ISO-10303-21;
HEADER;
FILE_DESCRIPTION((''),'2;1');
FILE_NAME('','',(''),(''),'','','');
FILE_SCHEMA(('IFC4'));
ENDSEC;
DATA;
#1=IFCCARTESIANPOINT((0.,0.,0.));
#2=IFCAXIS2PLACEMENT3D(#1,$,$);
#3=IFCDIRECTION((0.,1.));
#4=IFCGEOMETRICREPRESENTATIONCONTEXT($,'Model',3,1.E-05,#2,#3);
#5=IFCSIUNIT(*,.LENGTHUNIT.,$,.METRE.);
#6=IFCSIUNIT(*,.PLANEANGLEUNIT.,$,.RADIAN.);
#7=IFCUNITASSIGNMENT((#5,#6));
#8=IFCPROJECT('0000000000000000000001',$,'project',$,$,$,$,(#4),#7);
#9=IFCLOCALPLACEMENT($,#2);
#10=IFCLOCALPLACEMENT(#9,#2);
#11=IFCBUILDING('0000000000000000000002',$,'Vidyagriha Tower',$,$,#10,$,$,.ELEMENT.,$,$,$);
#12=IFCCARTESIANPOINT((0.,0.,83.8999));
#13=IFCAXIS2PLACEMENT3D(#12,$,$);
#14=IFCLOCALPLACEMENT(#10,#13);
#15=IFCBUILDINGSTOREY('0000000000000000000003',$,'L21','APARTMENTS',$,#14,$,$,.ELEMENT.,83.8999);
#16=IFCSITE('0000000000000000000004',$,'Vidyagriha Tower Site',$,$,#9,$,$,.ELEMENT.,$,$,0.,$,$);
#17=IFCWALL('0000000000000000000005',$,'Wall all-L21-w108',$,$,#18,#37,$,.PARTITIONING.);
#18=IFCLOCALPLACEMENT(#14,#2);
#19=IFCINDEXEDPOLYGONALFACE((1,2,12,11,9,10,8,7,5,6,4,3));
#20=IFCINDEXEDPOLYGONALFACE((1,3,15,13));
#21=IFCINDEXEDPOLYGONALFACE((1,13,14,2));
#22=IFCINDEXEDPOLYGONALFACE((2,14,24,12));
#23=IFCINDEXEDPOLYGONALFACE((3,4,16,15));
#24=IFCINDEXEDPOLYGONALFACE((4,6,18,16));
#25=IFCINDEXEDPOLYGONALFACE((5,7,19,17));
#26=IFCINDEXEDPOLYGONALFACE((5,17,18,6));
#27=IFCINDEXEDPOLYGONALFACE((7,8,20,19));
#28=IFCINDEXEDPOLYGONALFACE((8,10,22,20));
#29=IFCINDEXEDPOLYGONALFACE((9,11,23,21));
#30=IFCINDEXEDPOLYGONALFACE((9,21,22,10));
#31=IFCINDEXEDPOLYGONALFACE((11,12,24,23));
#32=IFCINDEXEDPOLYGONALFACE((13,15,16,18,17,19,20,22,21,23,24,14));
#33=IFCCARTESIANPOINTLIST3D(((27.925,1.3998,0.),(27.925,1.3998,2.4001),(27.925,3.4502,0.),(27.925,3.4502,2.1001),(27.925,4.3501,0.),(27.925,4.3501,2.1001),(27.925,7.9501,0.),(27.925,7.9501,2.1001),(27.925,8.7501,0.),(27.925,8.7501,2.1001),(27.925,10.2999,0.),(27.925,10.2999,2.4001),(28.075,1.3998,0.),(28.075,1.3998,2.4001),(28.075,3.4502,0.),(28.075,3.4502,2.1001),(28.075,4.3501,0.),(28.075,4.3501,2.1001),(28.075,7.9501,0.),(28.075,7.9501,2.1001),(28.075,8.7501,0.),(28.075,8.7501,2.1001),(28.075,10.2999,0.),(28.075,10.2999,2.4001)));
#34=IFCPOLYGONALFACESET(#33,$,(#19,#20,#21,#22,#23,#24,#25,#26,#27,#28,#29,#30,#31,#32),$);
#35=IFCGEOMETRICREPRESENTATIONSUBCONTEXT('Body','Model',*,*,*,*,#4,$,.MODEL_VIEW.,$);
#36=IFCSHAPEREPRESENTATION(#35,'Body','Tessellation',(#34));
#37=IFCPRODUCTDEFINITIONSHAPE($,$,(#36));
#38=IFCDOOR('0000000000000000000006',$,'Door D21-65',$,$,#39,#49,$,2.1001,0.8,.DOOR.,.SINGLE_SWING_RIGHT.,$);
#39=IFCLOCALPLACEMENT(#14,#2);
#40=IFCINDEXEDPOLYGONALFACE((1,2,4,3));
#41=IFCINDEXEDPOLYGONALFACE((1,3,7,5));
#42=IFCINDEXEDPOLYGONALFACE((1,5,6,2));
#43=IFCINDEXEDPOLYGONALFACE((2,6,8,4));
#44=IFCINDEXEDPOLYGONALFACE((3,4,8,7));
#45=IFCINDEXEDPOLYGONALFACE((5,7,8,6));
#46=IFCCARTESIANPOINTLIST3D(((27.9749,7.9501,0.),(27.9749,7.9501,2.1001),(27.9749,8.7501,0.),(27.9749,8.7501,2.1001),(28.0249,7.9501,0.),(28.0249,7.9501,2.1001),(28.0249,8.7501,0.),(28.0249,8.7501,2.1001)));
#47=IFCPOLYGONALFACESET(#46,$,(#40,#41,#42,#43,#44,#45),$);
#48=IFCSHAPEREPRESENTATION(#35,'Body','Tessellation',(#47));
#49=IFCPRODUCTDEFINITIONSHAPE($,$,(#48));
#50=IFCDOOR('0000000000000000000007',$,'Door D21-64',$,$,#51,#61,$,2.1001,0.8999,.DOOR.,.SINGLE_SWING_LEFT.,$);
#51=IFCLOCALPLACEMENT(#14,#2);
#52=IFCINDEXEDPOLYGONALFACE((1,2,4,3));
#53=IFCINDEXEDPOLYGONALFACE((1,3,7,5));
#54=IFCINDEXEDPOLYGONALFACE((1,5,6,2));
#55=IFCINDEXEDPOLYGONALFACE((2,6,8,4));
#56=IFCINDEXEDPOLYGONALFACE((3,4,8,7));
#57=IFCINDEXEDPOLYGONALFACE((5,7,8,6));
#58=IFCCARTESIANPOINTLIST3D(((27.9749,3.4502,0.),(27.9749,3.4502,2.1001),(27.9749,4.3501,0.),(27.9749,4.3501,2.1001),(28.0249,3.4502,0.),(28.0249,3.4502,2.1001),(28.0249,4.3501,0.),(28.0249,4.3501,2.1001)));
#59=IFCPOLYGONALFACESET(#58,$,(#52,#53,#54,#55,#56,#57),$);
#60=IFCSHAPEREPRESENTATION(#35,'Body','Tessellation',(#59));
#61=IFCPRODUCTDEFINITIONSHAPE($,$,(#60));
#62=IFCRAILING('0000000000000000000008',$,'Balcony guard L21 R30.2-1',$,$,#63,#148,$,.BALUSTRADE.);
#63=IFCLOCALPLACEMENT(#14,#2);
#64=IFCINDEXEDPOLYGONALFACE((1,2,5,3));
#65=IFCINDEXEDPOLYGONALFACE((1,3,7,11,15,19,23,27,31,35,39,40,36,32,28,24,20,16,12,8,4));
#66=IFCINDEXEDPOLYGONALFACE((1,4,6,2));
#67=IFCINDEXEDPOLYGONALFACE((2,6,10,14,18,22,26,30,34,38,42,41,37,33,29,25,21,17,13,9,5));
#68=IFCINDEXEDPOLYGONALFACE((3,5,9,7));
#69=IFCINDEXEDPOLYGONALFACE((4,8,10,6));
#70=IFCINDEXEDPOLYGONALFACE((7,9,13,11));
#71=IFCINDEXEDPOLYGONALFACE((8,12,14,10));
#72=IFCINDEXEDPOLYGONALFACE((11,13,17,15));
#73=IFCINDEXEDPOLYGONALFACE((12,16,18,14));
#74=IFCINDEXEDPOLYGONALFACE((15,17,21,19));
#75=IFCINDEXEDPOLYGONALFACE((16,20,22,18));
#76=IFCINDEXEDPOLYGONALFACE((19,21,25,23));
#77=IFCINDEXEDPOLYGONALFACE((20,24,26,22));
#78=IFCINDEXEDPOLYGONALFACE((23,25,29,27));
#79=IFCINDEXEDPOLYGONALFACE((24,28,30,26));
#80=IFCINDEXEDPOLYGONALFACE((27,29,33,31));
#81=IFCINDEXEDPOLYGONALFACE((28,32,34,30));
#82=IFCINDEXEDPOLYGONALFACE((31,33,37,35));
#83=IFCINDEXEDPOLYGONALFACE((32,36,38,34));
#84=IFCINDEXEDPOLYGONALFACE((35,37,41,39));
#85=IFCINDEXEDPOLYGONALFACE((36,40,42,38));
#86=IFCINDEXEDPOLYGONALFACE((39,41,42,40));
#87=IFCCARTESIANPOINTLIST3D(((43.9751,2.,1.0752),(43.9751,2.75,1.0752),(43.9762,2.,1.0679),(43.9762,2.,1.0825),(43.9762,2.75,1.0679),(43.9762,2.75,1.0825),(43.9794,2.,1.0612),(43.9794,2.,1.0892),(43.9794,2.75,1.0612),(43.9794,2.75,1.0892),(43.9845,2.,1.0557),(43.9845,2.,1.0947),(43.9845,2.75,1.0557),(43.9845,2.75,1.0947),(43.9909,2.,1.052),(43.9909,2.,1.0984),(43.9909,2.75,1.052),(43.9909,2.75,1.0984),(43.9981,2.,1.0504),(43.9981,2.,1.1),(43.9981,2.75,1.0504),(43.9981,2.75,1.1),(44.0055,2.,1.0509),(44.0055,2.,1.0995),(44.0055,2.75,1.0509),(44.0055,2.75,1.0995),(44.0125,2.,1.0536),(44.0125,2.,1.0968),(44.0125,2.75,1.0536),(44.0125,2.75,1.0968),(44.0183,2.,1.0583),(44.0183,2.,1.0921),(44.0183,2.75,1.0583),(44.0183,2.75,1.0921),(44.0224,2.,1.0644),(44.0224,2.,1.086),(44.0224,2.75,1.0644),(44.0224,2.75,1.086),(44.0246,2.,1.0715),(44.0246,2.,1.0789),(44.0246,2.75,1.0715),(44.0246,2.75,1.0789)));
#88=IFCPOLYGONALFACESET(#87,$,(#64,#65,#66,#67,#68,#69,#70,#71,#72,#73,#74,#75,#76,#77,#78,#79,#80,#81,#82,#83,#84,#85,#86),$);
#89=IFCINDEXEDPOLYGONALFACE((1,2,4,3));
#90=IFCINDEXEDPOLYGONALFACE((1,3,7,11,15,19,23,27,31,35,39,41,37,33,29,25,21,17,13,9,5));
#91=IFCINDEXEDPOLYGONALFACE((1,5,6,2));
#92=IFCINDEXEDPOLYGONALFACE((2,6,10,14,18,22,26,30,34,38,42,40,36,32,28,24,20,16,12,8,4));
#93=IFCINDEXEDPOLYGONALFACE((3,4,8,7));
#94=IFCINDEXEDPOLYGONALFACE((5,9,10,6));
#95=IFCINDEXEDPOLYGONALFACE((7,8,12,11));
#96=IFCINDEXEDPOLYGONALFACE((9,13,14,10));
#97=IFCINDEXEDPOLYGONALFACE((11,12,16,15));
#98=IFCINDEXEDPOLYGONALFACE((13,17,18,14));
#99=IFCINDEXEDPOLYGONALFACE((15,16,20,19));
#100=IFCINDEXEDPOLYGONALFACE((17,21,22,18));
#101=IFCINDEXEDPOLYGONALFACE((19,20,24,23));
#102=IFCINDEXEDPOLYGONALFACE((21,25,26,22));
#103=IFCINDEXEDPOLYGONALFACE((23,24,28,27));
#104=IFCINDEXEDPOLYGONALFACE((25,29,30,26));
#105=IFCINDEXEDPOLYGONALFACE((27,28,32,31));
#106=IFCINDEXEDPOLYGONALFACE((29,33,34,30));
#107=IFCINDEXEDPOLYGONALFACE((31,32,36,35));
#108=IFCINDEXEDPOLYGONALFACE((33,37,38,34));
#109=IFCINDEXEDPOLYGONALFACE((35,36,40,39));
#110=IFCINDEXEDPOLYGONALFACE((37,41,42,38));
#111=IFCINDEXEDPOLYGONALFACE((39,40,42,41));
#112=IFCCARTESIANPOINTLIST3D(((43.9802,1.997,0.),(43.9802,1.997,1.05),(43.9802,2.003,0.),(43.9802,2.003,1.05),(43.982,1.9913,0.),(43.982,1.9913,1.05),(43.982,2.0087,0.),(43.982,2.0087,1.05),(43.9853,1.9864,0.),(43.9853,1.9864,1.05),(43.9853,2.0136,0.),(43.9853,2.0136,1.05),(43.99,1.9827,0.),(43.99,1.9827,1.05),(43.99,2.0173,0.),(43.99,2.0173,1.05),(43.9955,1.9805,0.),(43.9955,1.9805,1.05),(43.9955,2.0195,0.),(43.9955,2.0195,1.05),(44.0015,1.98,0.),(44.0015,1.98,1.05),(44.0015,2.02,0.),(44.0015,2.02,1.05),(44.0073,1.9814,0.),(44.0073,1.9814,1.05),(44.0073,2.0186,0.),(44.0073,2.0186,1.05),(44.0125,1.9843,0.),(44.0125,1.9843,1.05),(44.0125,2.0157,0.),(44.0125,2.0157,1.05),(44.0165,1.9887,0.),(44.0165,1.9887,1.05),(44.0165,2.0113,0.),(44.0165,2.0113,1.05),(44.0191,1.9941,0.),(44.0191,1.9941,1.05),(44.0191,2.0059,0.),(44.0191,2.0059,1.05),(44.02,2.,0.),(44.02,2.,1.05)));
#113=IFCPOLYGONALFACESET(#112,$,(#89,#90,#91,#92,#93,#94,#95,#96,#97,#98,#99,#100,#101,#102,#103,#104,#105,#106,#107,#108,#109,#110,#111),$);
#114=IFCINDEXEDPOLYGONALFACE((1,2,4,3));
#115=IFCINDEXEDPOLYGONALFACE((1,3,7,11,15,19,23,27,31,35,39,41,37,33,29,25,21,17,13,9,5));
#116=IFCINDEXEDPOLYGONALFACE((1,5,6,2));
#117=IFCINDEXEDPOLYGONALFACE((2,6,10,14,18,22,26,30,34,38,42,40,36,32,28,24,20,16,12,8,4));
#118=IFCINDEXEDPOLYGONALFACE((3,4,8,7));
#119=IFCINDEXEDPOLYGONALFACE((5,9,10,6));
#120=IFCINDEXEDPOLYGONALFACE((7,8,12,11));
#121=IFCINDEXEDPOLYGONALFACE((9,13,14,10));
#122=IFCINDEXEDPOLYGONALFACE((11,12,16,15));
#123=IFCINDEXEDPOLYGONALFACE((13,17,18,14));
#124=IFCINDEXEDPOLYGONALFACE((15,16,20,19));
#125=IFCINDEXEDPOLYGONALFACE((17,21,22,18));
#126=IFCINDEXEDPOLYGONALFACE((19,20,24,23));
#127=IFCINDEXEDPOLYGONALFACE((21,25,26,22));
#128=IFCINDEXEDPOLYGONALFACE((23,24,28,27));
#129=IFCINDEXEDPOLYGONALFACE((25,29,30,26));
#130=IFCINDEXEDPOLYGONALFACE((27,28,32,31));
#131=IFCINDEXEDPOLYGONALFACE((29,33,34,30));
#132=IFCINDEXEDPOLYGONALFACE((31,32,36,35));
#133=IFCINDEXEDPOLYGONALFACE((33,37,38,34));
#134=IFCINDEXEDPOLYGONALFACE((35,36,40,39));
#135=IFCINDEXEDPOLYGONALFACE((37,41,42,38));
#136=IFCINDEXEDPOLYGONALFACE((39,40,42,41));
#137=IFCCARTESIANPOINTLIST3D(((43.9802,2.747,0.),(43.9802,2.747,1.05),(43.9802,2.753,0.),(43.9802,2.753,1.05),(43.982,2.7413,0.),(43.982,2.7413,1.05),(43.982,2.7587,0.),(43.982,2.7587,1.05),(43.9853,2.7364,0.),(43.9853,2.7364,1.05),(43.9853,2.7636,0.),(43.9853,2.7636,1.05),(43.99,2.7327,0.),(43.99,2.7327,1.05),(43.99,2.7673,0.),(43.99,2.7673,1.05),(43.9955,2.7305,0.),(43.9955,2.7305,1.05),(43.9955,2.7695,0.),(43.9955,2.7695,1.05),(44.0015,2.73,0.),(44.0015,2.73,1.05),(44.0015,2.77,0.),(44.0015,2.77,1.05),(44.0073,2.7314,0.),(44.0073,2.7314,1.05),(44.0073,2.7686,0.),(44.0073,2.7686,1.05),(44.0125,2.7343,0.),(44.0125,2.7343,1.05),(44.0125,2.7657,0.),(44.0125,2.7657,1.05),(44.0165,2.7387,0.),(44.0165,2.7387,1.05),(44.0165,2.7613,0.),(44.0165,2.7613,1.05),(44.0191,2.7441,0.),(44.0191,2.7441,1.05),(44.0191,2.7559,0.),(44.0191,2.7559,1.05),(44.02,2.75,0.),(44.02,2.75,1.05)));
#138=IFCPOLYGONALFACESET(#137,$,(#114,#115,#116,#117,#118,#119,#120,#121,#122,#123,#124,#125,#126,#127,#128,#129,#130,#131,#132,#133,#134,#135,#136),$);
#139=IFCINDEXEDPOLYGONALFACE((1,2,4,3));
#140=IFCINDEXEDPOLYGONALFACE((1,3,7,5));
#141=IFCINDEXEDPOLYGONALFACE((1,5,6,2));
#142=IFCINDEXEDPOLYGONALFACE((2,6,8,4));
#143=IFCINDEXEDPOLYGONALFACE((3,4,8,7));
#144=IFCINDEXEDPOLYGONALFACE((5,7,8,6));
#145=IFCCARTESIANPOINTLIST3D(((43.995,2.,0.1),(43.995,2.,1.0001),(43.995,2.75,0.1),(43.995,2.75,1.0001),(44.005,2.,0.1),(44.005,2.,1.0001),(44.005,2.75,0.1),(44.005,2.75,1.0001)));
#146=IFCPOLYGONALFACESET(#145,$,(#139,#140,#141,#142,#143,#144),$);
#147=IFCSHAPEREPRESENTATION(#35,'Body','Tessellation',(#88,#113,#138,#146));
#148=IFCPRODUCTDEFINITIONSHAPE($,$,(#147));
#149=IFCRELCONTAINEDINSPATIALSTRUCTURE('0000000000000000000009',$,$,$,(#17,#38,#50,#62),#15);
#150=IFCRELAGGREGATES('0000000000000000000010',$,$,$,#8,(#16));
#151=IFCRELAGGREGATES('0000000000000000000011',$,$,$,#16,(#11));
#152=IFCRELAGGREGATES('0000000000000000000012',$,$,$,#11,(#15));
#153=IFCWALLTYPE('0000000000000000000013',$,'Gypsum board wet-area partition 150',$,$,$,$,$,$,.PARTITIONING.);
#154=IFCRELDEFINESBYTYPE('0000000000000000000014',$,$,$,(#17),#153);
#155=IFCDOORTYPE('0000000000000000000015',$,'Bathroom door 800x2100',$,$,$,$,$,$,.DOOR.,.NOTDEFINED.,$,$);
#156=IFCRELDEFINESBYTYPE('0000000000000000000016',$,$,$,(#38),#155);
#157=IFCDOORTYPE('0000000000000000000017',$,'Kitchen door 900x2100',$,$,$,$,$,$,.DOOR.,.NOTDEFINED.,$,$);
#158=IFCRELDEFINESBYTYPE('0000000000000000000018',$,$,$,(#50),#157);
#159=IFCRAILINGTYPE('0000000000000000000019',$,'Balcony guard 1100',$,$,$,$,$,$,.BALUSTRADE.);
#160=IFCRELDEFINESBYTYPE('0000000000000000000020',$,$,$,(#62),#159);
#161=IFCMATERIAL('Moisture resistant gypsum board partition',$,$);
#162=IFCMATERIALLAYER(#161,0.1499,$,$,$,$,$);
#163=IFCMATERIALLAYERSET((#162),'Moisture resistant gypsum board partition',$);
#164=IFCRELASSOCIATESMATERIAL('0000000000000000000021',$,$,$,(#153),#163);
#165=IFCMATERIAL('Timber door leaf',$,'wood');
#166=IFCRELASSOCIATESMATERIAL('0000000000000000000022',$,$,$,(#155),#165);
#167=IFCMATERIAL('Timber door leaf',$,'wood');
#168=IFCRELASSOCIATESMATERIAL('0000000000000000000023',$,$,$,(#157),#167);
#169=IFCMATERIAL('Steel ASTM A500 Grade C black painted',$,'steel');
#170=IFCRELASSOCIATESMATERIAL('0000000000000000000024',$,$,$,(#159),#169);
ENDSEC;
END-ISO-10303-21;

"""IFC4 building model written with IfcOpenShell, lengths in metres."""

from ifc_helpers import new_model, si_unit, direction, frame, frame_2d, origin, origin_2d, place, context, subcontext, project, spatial, rectangle, circle, extrude, material, layer, layer_set, type_object, element, fill, save


model = new_model("IFC4")

# Units and contexts
model_context = context("Model", 3, precision=1e-05, world=origin(), true_north=direction((0.0, 1.0)))
body_context = subcontext(model_context, "Body", "Model", "MODEL_VIEW")
ifc_project = project(units=[si_unit("LENGTHUNIT", "METRE"), si_unit("PLANEANGLEUNIT", "RADIAN")], contexts=[model_context])

# Site, building, storey
site_placement = place(None, origin())
site = spatial("IfcSite", under=ifc_project, at=site_placement, Name="Vidyagriha Tower Site", CompositionType="ELEMENT", RefElevation=0.0)
building_placement = place(site_placement, origin())
building = spatial("IfcBuilding", under=site, at=building_placement, Name="Vidyagriha Tower", CompositionType="ELEMENT")
storey_placement = place(building_placement, frame((0.0, 0.0, 83.8999)))
storey = spatial("IfcBuildingStorey", under=building, at=storey_placement, Name="L21", Description="APARTMENTS", CompositionType="ELEMENT", Elevation=83.8999)

# Wall, openings, doors
ifc_material_1 = material(Name="Moisture resistant gypsum board partition")
ifc_layer_1 = layer(ifc_material_1, 0.1499)
ifc_layer_set_1 = layer_set([ifc_layer_1], Name="Moisture resistant gypsum board partition")
wall_type_1 = type_object("IfcWallType", Name="Gypsum board wet-area partition 150", PredefinedType="PARTITIONING", material=ifc_layer_set_1)
wall_1_placement = place(storey_placement, frame((28.0, 10.3, 0.0), z_axis=(0.0, 0.0, 1.0), x_axis=(0.0, -1.0, 0.0)))
wall_1 = element("IfcWall", 1, at=wall_1_placement, inside=storey, type_object=wall_type_1, Name="Wall all-L21-w108", PredefinedType="PARTITIONING", context=body_context, shape_type="SweptSolid", body=[
    extrude(rectangle(XDim=8.9001, YDim=0.1499, at=frame_2d((4.4502, 0.0))), origin(), (0.0, 0.0, 1.0), 2.4001),
])
opening_1_placement = place(wall_1_placement, frame((5.95, 0.0, 0.0)))
opening_1 = element("IfcOpeningElement", 2, at=opening_1_placement, cuts=wall_1, PredefinedType="OPENING", context=body_context, shape_type="SweptSolid", body=[
    extrude(rectangle(XDim=0.8999, YDim=2.1001, at=frame_2d((0.45, 1.05))), frame((0.0, 0.085, 0.0), z_axis=(0.0, -1.0, 0.0), x_axis=(1.0, 0.0, 0.0)), (0.0, 0.0, 1.0), 0.1699),
])
opening_2_placement = place(wall_1_placement, frame((1.55, 0.0, 0.0)))
opening_2 = element("IfcOpeningElement", 3, at=opening_2_placement, cuts=wall_1, PredefinedType="OPENING", context=body_context, shape_type="SweptSolid", body=[
    extrude(rectangle(XDim=0.8, YDim=2.1001, at=frame_2d((0.3999, 1.05))), frame((0.0, 0.085, 0.0), z_axis=(0.0, -1.0, 0.0), x_axis=(1.0, 0.0, 0.0)), (0.0, 0.0, 1.0), 0.1699),
])
ifc_material_2 = material(Name="Timber door leaf", Category="wood")
door_type_1 = type_object("IfcDoorType", Name="Bathroom door 800x2100", OperationType="NOTDEFINED", PredefinedType="DOOR", material=ifc_material_2)
door_1_placement = place(opening_2_placement, origin())
door_1 = element("IfcDoor", 4, at=door_1_placement, inside=storey, type_object=door_type_1, Name="Door D21-65", OperationType="SINGLE_SWING_RIGHT", OverallHeight=2.1001, OverallWidth=0.8, PredefinedType="DOOR", context=body_context, shape_type="SweptSolid", body=[
    extrude(rectangle(XDim=0.8, YDim=2.1001, at=frame_2d((0.3999, 1.05))), frame((0.0, 0.0249, 0.0), z_axis=(0.0, -1.0, 0.0), x_axis=(1.0, 0.0, 0.0)), (0.0, 0.0, 1.0), 0.05),
])
fill(opening_2, door_1)
ifc_material_3 = material(Name="Timber door leaf", Category="wood")
door_type_2 = type_object("IfcDoorType", Name="Kitchen door 900x2100", OperationType="NOTDEFINED", PredefinedType="DOOR", material=ifc_material_3)
door_2_placement = place(opening_1_placement, origin())
door_2 = element("IfcDoor", 5, at=door_2_placement, inside=storey, type_object=door_type_2, Name="Door D21-64", OperationType="SINGLE_SWING_LEFT", OverallHeight=2.1001, OverallWidth=0.8999, PredefinedType="DOOR", context=body_context, shape_type="SweptSolid", body=[
    extrude(rectangle(XDim=0.8999, YDim=2.1001, at=frame_2d((0.45, 1.05))), frame((0.0, 0.0249, 0.0), z_axis=(0.0, -1.0, 0.0), x_axis=(1.0, 0.0, 0.0)), (0.0, 0.0, 1.0), 0.05),
])
fill(opening_1, door_2)

# Railing
ifc_material_4 = material(Name="Steel ASTM A500 Grade C black painted", Category="steel")
railing_type_1 = type_object("IfcRailingType", Name="Balcony guard 1100", PredefinedType="BALUSTRADE", material=ifc_material_4)
railing_1_placement = place(storey_placement, frame((44.0, 2.0, 0.0)))
element("IfcRailing", 6, at=railing_1_placement, inside=storey, type_object=railing_type_1, Name="Balcony guard L21 R30.2-1", PredefinedType="BALUSTRADE", context=body_context, shape_type="SweptSolid", body=[
    extrude(circle(Radius=0.0249, at=origin_2d()), frame((0.0, 0.0, 1.0752), z_axis=(0.0, 1.0, 0.0), x_axis=(-1.0, 0.0, 0.0)), (0.0, 0.0, 1.0), 0.75),
    extrude(circle(Radius=0.02, at=origin_2d()), origin(), (0.0, 0.0, 1.0), 1.05),
    extrude(circle(Radius=0.02, at=origin_2d()), frame((0.0, 0.75, 0.0)), (0.0, 0.0, 1.0), 1.05),
    extrude(rectangle(XDim=0.01, YDim=0.9001, at=origin_2d()), frame((0.0, 0.0, 0.55), z_axis=(0.0, 1.0, 0.0), x_axis=(-1.0, 0.0, 0.0)), (0.0, 0.0, 1.0), 0.75),
])

save(model, "model.ifc")
